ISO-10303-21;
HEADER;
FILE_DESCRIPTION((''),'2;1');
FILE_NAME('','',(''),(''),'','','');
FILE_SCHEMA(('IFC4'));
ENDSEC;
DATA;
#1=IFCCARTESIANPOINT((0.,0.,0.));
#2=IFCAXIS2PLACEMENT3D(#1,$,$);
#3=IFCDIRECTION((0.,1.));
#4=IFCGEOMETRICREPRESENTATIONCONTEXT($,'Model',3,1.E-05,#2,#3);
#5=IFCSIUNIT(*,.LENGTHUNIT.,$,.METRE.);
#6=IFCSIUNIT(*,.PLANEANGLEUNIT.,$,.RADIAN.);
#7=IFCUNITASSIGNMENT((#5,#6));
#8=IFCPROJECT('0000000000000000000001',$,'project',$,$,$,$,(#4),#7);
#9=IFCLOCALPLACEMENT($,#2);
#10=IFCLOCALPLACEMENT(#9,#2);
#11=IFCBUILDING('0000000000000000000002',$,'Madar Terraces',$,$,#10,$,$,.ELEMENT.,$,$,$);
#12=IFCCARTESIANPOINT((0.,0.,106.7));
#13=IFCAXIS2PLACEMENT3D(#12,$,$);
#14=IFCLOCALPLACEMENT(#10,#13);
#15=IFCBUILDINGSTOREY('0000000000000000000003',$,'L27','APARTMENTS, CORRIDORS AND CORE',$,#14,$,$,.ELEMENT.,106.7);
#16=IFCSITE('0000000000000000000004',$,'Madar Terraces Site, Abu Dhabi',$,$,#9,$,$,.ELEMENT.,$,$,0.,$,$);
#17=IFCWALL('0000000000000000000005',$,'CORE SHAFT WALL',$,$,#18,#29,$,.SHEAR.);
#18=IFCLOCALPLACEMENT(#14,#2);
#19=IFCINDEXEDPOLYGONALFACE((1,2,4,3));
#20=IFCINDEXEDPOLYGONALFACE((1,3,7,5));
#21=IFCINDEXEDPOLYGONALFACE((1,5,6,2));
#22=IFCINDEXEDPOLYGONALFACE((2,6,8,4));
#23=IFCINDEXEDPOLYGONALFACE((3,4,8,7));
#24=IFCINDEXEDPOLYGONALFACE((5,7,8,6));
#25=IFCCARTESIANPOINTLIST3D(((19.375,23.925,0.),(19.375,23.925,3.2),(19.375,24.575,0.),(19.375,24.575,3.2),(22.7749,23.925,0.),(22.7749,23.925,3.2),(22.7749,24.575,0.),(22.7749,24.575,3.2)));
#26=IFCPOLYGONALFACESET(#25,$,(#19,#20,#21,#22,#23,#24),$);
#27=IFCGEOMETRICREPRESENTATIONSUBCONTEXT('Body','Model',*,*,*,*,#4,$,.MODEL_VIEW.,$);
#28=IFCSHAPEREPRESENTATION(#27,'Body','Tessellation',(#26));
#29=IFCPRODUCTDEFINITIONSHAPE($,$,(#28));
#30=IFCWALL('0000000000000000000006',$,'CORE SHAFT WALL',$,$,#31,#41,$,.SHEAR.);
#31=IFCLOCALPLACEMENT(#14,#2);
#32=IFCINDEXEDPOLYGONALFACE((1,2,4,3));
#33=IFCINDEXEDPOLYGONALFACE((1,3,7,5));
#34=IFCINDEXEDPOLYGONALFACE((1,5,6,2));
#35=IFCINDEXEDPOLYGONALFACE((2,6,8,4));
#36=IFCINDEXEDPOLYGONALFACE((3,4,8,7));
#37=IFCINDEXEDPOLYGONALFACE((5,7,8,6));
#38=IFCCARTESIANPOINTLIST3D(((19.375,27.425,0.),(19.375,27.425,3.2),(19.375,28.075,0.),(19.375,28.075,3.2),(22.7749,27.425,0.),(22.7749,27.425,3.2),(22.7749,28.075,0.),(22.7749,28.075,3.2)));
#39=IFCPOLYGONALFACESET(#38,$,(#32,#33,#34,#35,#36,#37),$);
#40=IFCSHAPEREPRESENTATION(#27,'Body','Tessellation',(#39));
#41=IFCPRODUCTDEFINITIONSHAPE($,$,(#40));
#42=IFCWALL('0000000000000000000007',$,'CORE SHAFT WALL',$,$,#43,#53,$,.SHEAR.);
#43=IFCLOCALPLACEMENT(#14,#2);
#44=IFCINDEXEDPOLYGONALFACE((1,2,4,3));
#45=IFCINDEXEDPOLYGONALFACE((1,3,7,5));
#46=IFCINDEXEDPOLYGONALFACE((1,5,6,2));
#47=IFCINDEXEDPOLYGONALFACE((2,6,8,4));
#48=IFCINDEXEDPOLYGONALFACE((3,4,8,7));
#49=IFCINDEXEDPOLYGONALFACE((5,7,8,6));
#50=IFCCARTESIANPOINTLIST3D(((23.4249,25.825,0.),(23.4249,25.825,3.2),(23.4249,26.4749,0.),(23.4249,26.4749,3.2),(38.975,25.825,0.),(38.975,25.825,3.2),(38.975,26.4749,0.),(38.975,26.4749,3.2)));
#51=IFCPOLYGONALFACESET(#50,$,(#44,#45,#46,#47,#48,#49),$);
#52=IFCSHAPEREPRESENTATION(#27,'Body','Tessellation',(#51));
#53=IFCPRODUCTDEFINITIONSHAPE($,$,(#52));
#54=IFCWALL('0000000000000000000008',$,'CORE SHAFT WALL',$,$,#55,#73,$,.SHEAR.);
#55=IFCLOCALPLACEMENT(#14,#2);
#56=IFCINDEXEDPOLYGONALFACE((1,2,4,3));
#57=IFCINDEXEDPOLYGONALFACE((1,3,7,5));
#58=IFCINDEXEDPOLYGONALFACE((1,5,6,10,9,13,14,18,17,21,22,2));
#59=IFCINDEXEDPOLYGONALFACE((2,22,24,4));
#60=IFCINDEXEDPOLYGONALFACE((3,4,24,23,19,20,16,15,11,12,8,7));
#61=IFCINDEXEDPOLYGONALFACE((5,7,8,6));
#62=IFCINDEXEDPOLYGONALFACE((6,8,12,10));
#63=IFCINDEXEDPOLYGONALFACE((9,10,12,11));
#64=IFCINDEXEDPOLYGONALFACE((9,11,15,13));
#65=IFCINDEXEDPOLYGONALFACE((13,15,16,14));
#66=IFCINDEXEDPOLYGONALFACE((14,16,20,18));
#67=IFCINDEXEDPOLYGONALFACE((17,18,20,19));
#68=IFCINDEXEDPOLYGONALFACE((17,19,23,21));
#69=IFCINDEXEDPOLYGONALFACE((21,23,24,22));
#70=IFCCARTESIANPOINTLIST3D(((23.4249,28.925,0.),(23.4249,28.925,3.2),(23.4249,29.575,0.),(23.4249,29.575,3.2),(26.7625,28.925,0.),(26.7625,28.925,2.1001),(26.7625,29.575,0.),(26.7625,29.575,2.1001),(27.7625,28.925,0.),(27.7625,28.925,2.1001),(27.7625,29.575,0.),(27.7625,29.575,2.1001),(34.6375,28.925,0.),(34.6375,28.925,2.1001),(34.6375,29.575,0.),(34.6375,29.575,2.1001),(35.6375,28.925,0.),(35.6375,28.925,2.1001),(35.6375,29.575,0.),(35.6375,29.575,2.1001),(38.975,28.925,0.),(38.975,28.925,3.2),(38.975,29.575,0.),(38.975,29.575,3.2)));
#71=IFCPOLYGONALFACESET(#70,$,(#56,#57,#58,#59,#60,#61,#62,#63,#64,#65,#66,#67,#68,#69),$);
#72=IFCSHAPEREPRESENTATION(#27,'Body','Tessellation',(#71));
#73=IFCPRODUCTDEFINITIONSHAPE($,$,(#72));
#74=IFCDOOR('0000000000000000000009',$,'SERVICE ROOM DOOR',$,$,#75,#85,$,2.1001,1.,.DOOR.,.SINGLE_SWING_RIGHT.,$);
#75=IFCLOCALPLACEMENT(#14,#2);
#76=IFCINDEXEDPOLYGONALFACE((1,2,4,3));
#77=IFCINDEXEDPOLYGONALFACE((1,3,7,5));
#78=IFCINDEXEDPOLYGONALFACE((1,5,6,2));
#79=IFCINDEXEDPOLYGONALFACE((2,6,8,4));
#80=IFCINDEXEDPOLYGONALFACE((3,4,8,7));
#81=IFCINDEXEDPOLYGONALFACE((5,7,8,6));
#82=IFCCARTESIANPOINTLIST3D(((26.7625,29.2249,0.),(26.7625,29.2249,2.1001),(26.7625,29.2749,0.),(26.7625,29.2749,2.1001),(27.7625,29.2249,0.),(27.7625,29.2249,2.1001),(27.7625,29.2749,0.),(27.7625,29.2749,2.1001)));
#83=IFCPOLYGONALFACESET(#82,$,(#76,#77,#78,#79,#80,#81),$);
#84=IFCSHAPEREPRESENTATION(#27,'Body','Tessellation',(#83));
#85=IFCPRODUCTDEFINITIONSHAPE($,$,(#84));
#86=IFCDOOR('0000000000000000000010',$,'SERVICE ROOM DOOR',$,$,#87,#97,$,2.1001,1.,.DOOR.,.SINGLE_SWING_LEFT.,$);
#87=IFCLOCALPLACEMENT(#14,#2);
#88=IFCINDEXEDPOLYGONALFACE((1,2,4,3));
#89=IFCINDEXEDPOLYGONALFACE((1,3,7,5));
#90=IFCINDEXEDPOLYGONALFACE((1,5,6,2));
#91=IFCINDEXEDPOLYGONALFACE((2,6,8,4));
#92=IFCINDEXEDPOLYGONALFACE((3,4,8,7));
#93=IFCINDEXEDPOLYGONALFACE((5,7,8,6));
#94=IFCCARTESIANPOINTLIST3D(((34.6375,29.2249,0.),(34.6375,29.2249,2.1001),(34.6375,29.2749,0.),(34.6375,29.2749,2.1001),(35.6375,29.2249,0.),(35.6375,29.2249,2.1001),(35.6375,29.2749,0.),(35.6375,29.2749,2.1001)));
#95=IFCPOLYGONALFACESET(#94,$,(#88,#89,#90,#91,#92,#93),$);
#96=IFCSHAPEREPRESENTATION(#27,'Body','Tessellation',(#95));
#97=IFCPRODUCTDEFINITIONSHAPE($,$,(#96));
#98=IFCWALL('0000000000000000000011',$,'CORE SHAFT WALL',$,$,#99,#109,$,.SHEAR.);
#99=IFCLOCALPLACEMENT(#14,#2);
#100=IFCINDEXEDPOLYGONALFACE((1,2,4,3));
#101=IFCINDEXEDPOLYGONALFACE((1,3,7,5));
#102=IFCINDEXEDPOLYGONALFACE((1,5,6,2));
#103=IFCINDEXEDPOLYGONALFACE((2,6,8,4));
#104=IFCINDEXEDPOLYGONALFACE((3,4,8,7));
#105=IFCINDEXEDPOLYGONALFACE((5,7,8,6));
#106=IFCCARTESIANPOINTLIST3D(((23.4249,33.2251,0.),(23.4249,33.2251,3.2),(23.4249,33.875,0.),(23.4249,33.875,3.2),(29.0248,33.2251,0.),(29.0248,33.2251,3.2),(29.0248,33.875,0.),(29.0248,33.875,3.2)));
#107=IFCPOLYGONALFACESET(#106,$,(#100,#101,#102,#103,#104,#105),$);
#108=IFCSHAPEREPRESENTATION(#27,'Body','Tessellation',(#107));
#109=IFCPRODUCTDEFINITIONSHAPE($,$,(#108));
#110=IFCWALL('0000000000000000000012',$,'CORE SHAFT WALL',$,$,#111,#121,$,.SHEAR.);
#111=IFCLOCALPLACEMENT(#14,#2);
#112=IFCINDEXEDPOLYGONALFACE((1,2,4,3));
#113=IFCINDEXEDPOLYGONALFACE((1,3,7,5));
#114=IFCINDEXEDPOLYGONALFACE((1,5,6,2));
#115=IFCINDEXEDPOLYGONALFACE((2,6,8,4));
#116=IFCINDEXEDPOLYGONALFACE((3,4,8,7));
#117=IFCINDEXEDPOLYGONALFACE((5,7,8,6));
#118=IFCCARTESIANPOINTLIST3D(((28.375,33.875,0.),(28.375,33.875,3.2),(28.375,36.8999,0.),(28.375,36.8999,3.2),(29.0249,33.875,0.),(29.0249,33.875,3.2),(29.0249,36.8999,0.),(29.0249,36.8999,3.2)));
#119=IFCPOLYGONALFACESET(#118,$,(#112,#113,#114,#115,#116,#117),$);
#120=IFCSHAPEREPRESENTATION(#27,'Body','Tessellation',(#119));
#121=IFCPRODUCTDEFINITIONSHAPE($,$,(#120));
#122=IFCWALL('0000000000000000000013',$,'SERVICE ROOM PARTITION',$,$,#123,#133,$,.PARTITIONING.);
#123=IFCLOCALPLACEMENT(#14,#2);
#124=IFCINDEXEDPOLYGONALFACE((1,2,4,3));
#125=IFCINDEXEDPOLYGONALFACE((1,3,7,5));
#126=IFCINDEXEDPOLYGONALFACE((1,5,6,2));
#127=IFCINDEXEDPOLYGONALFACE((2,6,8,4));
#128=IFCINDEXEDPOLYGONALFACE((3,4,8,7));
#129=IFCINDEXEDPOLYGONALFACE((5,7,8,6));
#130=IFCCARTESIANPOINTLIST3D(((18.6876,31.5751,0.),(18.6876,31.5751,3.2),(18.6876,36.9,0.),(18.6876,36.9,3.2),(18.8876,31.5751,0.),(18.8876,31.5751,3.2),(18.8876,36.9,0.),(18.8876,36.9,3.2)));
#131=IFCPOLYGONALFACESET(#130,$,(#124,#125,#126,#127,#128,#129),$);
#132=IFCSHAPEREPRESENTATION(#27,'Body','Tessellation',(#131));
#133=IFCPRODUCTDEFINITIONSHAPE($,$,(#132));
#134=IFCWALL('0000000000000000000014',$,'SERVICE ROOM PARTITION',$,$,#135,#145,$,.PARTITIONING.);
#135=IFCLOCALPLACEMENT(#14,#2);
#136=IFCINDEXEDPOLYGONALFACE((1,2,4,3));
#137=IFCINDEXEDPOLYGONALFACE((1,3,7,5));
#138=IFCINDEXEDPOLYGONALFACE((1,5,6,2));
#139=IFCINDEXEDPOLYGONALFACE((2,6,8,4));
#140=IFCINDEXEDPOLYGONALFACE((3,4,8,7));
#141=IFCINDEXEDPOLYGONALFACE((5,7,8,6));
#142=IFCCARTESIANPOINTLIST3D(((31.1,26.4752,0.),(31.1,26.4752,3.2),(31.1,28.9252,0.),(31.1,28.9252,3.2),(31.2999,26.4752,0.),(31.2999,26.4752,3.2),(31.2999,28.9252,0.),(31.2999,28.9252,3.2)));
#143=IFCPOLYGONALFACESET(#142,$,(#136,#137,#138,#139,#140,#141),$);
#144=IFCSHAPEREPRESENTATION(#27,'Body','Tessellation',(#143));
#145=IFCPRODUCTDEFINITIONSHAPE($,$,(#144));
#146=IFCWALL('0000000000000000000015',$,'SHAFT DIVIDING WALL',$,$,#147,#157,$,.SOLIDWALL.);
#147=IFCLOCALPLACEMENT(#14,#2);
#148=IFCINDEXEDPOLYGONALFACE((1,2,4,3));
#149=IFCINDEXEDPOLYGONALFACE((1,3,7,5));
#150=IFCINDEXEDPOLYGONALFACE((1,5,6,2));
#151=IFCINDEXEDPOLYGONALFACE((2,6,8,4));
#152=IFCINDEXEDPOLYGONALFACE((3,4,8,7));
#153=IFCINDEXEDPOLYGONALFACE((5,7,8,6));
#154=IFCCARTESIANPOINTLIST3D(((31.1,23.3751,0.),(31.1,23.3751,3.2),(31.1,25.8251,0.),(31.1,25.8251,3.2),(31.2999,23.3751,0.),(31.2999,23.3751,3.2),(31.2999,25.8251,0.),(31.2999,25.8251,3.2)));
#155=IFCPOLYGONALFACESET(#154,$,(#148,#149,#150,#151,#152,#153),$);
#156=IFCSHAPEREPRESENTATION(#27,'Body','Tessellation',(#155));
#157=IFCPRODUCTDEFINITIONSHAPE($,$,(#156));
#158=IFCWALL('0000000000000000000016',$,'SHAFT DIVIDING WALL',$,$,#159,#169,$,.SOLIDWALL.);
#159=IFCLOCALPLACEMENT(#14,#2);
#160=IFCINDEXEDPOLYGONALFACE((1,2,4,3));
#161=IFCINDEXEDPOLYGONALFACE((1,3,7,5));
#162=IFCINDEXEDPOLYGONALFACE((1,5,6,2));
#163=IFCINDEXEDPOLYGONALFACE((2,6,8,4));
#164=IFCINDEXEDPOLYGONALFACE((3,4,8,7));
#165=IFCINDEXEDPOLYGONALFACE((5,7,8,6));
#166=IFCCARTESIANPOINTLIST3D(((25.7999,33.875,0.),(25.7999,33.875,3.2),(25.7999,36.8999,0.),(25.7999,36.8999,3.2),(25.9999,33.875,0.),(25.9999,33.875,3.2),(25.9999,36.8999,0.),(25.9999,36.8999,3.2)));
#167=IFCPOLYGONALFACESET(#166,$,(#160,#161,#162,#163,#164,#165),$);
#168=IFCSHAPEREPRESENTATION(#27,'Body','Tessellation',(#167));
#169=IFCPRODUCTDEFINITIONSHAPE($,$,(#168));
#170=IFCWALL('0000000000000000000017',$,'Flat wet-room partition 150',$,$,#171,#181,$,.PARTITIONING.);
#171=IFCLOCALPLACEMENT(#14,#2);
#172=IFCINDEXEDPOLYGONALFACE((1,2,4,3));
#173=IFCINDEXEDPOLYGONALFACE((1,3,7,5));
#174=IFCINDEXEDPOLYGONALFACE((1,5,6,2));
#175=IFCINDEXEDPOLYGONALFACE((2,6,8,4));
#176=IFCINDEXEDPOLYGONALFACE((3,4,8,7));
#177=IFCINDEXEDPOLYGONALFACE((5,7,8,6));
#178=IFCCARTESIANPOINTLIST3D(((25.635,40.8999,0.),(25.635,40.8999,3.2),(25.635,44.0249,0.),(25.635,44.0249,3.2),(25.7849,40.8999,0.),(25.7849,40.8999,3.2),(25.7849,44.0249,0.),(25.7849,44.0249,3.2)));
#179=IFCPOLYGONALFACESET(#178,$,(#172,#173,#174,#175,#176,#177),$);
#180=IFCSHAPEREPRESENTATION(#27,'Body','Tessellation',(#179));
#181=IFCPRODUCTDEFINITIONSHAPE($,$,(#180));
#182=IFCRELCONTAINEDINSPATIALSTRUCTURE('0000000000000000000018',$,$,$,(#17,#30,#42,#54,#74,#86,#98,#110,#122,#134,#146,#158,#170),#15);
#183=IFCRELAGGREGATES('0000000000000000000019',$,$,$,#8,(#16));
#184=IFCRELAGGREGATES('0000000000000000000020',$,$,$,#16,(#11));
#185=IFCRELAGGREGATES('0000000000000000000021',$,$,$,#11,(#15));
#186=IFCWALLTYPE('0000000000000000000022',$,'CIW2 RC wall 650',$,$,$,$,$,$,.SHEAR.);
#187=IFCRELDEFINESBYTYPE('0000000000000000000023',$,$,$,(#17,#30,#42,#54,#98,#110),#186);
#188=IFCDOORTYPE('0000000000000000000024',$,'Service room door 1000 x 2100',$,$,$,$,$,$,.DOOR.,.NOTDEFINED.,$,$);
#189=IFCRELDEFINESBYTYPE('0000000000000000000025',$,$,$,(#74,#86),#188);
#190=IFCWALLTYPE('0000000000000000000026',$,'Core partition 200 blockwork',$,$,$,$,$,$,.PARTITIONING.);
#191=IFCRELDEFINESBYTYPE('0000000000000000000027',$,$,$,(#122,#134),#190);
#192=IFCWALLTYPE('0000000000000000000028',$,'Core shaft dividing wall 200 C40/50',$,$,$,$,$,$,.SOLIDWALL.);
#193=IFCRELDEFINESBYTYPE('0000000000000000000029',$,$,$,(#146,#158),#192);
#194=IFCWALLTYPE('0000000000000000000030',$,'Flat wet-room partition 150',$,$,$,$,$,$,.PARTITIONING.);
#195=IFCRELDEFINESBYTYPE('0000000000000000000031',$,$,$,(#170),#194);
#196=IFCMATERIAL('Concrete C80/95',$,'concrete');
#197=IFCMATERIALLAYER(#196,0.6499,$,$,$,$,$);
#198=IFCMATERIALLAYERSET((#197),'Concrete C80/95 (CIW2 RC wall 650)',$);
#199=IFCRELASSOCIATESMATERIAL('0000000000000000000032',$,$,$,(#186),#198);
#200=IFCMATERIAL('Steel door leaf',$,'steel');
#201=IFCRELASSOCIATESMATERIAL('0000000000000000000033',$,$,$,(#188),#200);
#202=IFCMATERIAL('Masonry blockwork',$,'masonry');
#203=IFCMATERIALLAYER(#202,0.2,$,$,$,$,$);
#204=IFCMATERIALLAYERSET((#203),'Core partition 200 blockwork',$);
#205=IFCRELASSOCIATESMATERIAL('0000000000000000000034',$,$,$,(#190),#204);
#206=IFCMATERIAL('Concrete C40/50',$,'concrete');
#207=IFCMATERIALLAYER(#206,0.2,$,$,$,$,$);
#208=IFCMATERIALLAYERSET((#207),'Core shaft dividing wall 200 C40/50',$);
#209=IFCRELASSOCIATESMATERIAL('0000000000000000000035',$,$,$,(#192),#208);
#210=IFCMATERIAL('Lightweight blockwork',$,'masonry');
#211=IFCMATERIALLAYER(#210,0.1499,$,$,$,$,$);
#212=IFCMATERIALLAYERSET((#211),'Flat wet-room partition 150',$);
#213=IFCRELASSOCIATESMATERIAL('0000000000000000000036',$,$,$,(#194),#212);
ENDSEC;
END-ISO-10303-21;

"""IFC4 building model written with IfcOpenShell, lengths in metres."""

from ifc_helpers import new_model, si_unit, direction, frame, frame_2d, origin, place, context, subcontext, project, spatial, rectangle, extrude, material, layer, layer_set, type_object, element, fill, save


model = new_model("IFC4")

# Units and contexts
model_context = context("Model", 3, precision=1e-05, world=origin(), true_north=direction((0.0, 1.0)))
body_context = subcontext(model_context, "Body", "Model", "MODEL_VIEW")
ifc_project = project(units=[si_unit("LENGTHUNIT", "METRE"), si_unit("PLANEANGLEUNIT", "RADIAN")], contexts=[model_context])

# Site, building, storey
site_placement = place(None, origin())
site = spatial("IfcSite", under=ifc_project, at=site_placement, Name="Madar Terraces Site, Abu Dhabi", CompositionType="ELEMENT", RefElevation=0.0)
building_placement = place(site_placement, origin())
building = spatial("IfcBuilding", under=site, at=building_placement, Name="Madar Terraces", CompositionType="ELEMENT")
storey_placement = place(building_placement, frame((0.0, 0.0, 106.7)))
storey = spatial("IfcBuildingStorey", under=building, at=storey_placement, Name="L27", Description="APARTMENTS, CORRIDORS AND CORE", CompositionType="ELEMENT", Elevation=106.7)

# Walls
ifc_material_1 = material(Name="Concrete C80/95", Category="concrete")
ifc_layer_1 = layer(ifc_material_1, 0.6499)
ifc_layer_set_1 = layer_set([ifc_layer_1], Name="Concrete C80/95 (CIW2 RC wall 650)")
wall_type_1 = type_object("IfcWallType", Name="CIW2 RC wall 650", PredefinedType="SHEAR", material=ifc_layer_set_1)
for number, where, z_axis, x_axis, name in (
    (1, (19.375, 24.25, 0.0), (0.0, 0.0, 1.0), (1.0, 0.0, 0.0), "CORE SHAFT WALL"),
    (2, (19.375, 27.75, 0.0), (0.0, 0.0, 1.0), (1.0, 0.0, 0.0), "CORE SHAFT WALL"),
):
    element("IfcWall", number, at=place(storey_placement, frame(where, z_axis=z_axis, x_axis=x_axis)), inside=storey, type_object=wall_type_1, Name=name, PredefinedType="SHEAR", context=body_context, shape_type="SweptSolid", body=[
        extrude(rectangle(XDim=3.3999, YDim=0.6499, at=frame_2d((1.7, 0.0))), origin(), (0.0, 0.0, 1.0), 3.2),
    ])
wall_1_placement = place(storey_placement, frame((23.425, 26.1499, 0.0), z_axis=(0.0, 0.0, 1.0), x_axis=(1.0, 0.0, 0.0)))
element("IfcWall", 3, at=wall_1_placement, inside=storey, type_object=wall_type_1, Name="CORE SHAFT WALL", PredefinedType="SHEAR", context=body_context, shape_type="SweptSolid", body=[
    extrude(rectangle(XDim=15.55, YDim=0.6499, at=frame_2d((7.7749, 0.0))), origin(), (0.0, 0.0, 1.0), 3.2),
])

# Wall, openings, doors
wall_2_placement = place(storey_placement, frame((23.425, 29.25, 0.0), z_axis=(0.0, 0.0, 1.0), x_axis=(1.0, 0.0, 0.0)))
wall_2 = element("IfcWall", 4, at=wall_2_placement, inside=storey, type_object=wall_type_1, Name="CORE SHAFT WALL", PredefinedType="SHEAR", context=body_context, shape_type="SweptSolid", body=[
    extrude(rectangle(XDim=15.55, YDim=0.6499, at=frame_2d((7.7749, 0.0))), origin(), (0.0, 0.0, 1.0), 3.2),
])
opening_1_placement = place(wall_2_placement, frame((3.3374, 0.0, 0.0)))
opening_1 = element("IfcOpeningElement", 5, at=opening_1_placement, cuts=wall_2, PredefinedType="OPENING", context=body_context, shape_type="SweptSolid", body=[
    extrude(rectangle(XDim=1.0, YDim=2.1001, at=frame_2d((0.5, 1.05))), frame((0.0, 0.335, 0.0), z_axis=(0.0, -1.0, 0.0), x_axis=(1.0, 0.0, 0.0)), (0.0, 0.0, 1.0), 0.6699),
])
opening_2_placement = place(wall_2_placement, frame((11.2124, 0.0, 0.0)))
opening_2 = element("IfcOpeningElement", 6, at=opening_2_placement, cuts=wall_2, PredefinedType="OPENING", context=body_context, shape_type="SweptSolid", body=[
    extrude(rectangle(XDim=1.0, YDim=2.1001, at=frame_2d((0.5, 1.05))), frame((0.0, 0.335, 0.0), z_axis=(0.0, -1.0, 0.0), x_axis=(1.0, 0.0, 0.0)), (0.0, 0.0, 1.0), 0.6699),
])
ifc_material_2 = material(Name="Steel door leaf", Category="steel")
door_type = type_object("IfcDoorType", Name="Service room door 1000 x 2100", OperationType="NOTDEFINED", PredefinedType="DOOR", material=ifc_material_2)
door_1_placement = place(opening_1_placement, origin())
door_1 = element("IfcDoor", 7, at=door_1_placement, inside=storey, type_object=door_type, Name="SERVICE ROOM DOOR", OperationType="SINGLE_SWING_RIGHT", OverallHeight=2.1001, OverallWidth=1.0, PredefinedType="DOOR", context=body_context, shape_type="SweptSolid", body=[
    extrude(rectangle(XDim=1.0, YDim=2.1001, at=frame_2d((0.5, 1.05))), frame((0.0, 0.0249, 0.0), z_axis=(0.0, -1.0, 0.0), x_axis=(1.0, 0.0, 0.0)), (0.0, 0.0, 1.0), 0.05),
])
fill(opening_1, door_1)
door_2_placement = place(opening_2_placement, origin())
door_2 = element("IfcDoor", 8, at=door_2_placement, inside=storey, type_object=door_type, Name="SERVICE ROOM DOOR", OperationType="SINGLE_SWING_LEFT", OverallHeight=2.1001, OverallWidth=1.0, PredefinedType="DOOR", context=body_context, shape_type="SweptSolid", body=[
    extrude(rectangle(XDim=1.0, YDim=2.1001, at=frame_2d((0.5, 1.05))), frame((0.0, 0.0249, 0.0), z_axis=(0.0, -1.0, 0.0), x_axis=(1.0, 0.0, 0.0)), (0.0, 0.0, 1.0), 0.05),
])
fill(opening_2, door_2)

# Walls
wall_3_placement = place(storey_placement, frame((23.425, 33.55, 0.0), z_axis=(0.0, 0.0, 1.0), x_axis=(1.0, 0.0, 0.0)))
element("IfcWall", 9, at=wall_3_placement, inside=storey, type_object=wall_type_1, Name="CORE SHAFT WALL", PredefinedType="SHEAR", context=body_context, shape_type="SweptSolid", body=[
    extrude(rectangle(XDim=5.5999, YDim=0.6499, at=frame_2d((2.7998, 0.0))), origin(), (0.0, 0.0, 1.0), 3.2),
])
wall_4_placement = place(storey_placement, frame((28.7, 33.875, 0.0), z_axis=(0.0, 0.0, 1.0), x_axis=(0.0, 1.0, 0.0)))
element("IfcWall", 10, at=wall_4_placement, inside=storey, type_object=wall_type_1, Name="CORE SHAFT WALL", PredefinedType="SHEAR", context=body_context, shape_type="SweptSolid", body=[
    extrude(rectangle(XDim=3.0249, YDim=0.6499, at=frame_2d((1.5125, 0.0))), origin(), (0.0, 0.0, 1.0), 3.2),
])
ifc_material_3 = material(Name="Masonry blockwork", Category="masonry")
ifc_layer_2 = layer(ifc_material_3, 0.2)
ifc_layer_set_2 = layer_set([ifc_layer_2], Name="Core partition 200 blockwork")
wall_type_2 = type_object("IfcWallType", Name="Core partition 200 blockwork", PredefinedType="PARTITIONING", material=ifc_layer_set_2)
wall_5_placement = place(storey_placement, frame((18.7876, 31.575, 0.0), z_axis=(0.0, 0.0, 1.0), x_axis=(0.0, 1.0, 0.0)))
element("IfcWall", 11, at=wall_5_placement, inside=storey, type_object=wall_type_2, Name="SERVICE ROOM PARTITION", PredefinedType="PARTITIONING", context=body_context, shape_type="SweptSolid", body=[
    extrude(rectangle(XDim=5.325, YDim=0.2, at=frame_2d((2.6626, 0.0))), origin(), (0.0, 0.0, 1.0), 3.2),
])
wall_6_placement = place(storey_placement, frame((31.2, 26.4751, 0.0), z_axis=(0.0, 0.0, 1.0), x_axis=(0.0, 1.0, 0.0)))
element("IfcWall", 12, at=wall_6_placement, inside=storey, type_object=wall_type_2, Name="SERVICE ROOM PARTITION", PredefinedType="PARTITIONING", context=body_context, shape_type="SweptSolid", body=[
    extrude(rectangle(XDim=2.45, YDim=0.2, at=frame_2d((1.2251, 0.0))), origin(), (0.0, 0.0, 1.0), 3.2),
])
ifc_material_4 = material(Name="Concrete C40/50", Category="concrete")
ifc_layer_3 = layer(ifc_material_4, 0.2)
ifc_layer_set_3 = layer_set([ifc_layer_3], Name="Core shaft dividing wall 200 C40/50")
wall_type_3 = type_object("IfcWallType", Name="Core shaft dividing wall 200 C40/50", PredefinedType="SOLIDWALL", material=ifc_layer_set_3)
wall_7_placement = place(storey_placement, frame((31.2, 23.375, 0.0), z_axis=(0.0, 0.0, 1.0), x_axis=(0.0, 1.0, 0.0)))
element("IfcWall", 13, at=wall_7_placement, inside=storey, type_object=wall_type_3, Name="SHAFT DIVIDING WALL", PredefinedType="SOLIDWALL", context=body_context, shape_type="SweptSolid", body=[
    extrude(rectangle(XDim=2.45, YDim=0.2, at=frame_2d((1.2251, 0.0))), origin(), (0.0, 0.0, 1.0), 3.2),
])
wall_8_placement = place(storey_placement, frame((25.8999, 33.875, 0.0), z_axis=(0.0, 0.0, 1.0), x_axis=(0.0, 1.0, 0.0)))
element("IfcWall", 14, at=wall_8_placement, inside=storey, type_object=wall_type_3, Name="SHAFT DIVIDING WALL", PredefinedType="SOLIDWALL", context=body_context, shape_type="SweptSolid", body=[
    extrude(rectangle(XDim=3.0249, YDim=0.2, at=frame_2d((1.5125, 0.0))), origin(), (0.0, 0.0, 1.0), 3.2),
])
ifc_material_5 = material(Name="Lightweight blockwork", Category="masonry")
ifc_layer_4 = layer(ifc_material_5, 0.1499)
ifc_layer_set_4 = layer_set([ifc_layer_4], Name="Flat wet-room partition 150")
wall_type_4 = type_object("IfcWallType", Name="Flat wet-room partition 150", PredefinedType="PARTITIONING", material=ifc_layer_set_4)
wall_9_placement = place(storey_placement, frame((25.71, 40.8999, 0.0), z_axis=(0.0, 0.0, 1.0), x_axis=(0.0, 1.0, 0.0)))
element("IfcWall", 15, at=wall_9_placement, inside=storey, type_object=wall_type_4, Name="Flat wet-room partition 150", PredefinedType="PARTITIONING", context=body_context, shape_type="SweptSolid", body=[
    extrude(rectangle(XDim=3.125, YDim=0.1499, at=frame_2d((1.5625, 0.0))), origin(), (0.0, 0.0, 1.0), 3.2),
])

save(model, "model.ifc")
